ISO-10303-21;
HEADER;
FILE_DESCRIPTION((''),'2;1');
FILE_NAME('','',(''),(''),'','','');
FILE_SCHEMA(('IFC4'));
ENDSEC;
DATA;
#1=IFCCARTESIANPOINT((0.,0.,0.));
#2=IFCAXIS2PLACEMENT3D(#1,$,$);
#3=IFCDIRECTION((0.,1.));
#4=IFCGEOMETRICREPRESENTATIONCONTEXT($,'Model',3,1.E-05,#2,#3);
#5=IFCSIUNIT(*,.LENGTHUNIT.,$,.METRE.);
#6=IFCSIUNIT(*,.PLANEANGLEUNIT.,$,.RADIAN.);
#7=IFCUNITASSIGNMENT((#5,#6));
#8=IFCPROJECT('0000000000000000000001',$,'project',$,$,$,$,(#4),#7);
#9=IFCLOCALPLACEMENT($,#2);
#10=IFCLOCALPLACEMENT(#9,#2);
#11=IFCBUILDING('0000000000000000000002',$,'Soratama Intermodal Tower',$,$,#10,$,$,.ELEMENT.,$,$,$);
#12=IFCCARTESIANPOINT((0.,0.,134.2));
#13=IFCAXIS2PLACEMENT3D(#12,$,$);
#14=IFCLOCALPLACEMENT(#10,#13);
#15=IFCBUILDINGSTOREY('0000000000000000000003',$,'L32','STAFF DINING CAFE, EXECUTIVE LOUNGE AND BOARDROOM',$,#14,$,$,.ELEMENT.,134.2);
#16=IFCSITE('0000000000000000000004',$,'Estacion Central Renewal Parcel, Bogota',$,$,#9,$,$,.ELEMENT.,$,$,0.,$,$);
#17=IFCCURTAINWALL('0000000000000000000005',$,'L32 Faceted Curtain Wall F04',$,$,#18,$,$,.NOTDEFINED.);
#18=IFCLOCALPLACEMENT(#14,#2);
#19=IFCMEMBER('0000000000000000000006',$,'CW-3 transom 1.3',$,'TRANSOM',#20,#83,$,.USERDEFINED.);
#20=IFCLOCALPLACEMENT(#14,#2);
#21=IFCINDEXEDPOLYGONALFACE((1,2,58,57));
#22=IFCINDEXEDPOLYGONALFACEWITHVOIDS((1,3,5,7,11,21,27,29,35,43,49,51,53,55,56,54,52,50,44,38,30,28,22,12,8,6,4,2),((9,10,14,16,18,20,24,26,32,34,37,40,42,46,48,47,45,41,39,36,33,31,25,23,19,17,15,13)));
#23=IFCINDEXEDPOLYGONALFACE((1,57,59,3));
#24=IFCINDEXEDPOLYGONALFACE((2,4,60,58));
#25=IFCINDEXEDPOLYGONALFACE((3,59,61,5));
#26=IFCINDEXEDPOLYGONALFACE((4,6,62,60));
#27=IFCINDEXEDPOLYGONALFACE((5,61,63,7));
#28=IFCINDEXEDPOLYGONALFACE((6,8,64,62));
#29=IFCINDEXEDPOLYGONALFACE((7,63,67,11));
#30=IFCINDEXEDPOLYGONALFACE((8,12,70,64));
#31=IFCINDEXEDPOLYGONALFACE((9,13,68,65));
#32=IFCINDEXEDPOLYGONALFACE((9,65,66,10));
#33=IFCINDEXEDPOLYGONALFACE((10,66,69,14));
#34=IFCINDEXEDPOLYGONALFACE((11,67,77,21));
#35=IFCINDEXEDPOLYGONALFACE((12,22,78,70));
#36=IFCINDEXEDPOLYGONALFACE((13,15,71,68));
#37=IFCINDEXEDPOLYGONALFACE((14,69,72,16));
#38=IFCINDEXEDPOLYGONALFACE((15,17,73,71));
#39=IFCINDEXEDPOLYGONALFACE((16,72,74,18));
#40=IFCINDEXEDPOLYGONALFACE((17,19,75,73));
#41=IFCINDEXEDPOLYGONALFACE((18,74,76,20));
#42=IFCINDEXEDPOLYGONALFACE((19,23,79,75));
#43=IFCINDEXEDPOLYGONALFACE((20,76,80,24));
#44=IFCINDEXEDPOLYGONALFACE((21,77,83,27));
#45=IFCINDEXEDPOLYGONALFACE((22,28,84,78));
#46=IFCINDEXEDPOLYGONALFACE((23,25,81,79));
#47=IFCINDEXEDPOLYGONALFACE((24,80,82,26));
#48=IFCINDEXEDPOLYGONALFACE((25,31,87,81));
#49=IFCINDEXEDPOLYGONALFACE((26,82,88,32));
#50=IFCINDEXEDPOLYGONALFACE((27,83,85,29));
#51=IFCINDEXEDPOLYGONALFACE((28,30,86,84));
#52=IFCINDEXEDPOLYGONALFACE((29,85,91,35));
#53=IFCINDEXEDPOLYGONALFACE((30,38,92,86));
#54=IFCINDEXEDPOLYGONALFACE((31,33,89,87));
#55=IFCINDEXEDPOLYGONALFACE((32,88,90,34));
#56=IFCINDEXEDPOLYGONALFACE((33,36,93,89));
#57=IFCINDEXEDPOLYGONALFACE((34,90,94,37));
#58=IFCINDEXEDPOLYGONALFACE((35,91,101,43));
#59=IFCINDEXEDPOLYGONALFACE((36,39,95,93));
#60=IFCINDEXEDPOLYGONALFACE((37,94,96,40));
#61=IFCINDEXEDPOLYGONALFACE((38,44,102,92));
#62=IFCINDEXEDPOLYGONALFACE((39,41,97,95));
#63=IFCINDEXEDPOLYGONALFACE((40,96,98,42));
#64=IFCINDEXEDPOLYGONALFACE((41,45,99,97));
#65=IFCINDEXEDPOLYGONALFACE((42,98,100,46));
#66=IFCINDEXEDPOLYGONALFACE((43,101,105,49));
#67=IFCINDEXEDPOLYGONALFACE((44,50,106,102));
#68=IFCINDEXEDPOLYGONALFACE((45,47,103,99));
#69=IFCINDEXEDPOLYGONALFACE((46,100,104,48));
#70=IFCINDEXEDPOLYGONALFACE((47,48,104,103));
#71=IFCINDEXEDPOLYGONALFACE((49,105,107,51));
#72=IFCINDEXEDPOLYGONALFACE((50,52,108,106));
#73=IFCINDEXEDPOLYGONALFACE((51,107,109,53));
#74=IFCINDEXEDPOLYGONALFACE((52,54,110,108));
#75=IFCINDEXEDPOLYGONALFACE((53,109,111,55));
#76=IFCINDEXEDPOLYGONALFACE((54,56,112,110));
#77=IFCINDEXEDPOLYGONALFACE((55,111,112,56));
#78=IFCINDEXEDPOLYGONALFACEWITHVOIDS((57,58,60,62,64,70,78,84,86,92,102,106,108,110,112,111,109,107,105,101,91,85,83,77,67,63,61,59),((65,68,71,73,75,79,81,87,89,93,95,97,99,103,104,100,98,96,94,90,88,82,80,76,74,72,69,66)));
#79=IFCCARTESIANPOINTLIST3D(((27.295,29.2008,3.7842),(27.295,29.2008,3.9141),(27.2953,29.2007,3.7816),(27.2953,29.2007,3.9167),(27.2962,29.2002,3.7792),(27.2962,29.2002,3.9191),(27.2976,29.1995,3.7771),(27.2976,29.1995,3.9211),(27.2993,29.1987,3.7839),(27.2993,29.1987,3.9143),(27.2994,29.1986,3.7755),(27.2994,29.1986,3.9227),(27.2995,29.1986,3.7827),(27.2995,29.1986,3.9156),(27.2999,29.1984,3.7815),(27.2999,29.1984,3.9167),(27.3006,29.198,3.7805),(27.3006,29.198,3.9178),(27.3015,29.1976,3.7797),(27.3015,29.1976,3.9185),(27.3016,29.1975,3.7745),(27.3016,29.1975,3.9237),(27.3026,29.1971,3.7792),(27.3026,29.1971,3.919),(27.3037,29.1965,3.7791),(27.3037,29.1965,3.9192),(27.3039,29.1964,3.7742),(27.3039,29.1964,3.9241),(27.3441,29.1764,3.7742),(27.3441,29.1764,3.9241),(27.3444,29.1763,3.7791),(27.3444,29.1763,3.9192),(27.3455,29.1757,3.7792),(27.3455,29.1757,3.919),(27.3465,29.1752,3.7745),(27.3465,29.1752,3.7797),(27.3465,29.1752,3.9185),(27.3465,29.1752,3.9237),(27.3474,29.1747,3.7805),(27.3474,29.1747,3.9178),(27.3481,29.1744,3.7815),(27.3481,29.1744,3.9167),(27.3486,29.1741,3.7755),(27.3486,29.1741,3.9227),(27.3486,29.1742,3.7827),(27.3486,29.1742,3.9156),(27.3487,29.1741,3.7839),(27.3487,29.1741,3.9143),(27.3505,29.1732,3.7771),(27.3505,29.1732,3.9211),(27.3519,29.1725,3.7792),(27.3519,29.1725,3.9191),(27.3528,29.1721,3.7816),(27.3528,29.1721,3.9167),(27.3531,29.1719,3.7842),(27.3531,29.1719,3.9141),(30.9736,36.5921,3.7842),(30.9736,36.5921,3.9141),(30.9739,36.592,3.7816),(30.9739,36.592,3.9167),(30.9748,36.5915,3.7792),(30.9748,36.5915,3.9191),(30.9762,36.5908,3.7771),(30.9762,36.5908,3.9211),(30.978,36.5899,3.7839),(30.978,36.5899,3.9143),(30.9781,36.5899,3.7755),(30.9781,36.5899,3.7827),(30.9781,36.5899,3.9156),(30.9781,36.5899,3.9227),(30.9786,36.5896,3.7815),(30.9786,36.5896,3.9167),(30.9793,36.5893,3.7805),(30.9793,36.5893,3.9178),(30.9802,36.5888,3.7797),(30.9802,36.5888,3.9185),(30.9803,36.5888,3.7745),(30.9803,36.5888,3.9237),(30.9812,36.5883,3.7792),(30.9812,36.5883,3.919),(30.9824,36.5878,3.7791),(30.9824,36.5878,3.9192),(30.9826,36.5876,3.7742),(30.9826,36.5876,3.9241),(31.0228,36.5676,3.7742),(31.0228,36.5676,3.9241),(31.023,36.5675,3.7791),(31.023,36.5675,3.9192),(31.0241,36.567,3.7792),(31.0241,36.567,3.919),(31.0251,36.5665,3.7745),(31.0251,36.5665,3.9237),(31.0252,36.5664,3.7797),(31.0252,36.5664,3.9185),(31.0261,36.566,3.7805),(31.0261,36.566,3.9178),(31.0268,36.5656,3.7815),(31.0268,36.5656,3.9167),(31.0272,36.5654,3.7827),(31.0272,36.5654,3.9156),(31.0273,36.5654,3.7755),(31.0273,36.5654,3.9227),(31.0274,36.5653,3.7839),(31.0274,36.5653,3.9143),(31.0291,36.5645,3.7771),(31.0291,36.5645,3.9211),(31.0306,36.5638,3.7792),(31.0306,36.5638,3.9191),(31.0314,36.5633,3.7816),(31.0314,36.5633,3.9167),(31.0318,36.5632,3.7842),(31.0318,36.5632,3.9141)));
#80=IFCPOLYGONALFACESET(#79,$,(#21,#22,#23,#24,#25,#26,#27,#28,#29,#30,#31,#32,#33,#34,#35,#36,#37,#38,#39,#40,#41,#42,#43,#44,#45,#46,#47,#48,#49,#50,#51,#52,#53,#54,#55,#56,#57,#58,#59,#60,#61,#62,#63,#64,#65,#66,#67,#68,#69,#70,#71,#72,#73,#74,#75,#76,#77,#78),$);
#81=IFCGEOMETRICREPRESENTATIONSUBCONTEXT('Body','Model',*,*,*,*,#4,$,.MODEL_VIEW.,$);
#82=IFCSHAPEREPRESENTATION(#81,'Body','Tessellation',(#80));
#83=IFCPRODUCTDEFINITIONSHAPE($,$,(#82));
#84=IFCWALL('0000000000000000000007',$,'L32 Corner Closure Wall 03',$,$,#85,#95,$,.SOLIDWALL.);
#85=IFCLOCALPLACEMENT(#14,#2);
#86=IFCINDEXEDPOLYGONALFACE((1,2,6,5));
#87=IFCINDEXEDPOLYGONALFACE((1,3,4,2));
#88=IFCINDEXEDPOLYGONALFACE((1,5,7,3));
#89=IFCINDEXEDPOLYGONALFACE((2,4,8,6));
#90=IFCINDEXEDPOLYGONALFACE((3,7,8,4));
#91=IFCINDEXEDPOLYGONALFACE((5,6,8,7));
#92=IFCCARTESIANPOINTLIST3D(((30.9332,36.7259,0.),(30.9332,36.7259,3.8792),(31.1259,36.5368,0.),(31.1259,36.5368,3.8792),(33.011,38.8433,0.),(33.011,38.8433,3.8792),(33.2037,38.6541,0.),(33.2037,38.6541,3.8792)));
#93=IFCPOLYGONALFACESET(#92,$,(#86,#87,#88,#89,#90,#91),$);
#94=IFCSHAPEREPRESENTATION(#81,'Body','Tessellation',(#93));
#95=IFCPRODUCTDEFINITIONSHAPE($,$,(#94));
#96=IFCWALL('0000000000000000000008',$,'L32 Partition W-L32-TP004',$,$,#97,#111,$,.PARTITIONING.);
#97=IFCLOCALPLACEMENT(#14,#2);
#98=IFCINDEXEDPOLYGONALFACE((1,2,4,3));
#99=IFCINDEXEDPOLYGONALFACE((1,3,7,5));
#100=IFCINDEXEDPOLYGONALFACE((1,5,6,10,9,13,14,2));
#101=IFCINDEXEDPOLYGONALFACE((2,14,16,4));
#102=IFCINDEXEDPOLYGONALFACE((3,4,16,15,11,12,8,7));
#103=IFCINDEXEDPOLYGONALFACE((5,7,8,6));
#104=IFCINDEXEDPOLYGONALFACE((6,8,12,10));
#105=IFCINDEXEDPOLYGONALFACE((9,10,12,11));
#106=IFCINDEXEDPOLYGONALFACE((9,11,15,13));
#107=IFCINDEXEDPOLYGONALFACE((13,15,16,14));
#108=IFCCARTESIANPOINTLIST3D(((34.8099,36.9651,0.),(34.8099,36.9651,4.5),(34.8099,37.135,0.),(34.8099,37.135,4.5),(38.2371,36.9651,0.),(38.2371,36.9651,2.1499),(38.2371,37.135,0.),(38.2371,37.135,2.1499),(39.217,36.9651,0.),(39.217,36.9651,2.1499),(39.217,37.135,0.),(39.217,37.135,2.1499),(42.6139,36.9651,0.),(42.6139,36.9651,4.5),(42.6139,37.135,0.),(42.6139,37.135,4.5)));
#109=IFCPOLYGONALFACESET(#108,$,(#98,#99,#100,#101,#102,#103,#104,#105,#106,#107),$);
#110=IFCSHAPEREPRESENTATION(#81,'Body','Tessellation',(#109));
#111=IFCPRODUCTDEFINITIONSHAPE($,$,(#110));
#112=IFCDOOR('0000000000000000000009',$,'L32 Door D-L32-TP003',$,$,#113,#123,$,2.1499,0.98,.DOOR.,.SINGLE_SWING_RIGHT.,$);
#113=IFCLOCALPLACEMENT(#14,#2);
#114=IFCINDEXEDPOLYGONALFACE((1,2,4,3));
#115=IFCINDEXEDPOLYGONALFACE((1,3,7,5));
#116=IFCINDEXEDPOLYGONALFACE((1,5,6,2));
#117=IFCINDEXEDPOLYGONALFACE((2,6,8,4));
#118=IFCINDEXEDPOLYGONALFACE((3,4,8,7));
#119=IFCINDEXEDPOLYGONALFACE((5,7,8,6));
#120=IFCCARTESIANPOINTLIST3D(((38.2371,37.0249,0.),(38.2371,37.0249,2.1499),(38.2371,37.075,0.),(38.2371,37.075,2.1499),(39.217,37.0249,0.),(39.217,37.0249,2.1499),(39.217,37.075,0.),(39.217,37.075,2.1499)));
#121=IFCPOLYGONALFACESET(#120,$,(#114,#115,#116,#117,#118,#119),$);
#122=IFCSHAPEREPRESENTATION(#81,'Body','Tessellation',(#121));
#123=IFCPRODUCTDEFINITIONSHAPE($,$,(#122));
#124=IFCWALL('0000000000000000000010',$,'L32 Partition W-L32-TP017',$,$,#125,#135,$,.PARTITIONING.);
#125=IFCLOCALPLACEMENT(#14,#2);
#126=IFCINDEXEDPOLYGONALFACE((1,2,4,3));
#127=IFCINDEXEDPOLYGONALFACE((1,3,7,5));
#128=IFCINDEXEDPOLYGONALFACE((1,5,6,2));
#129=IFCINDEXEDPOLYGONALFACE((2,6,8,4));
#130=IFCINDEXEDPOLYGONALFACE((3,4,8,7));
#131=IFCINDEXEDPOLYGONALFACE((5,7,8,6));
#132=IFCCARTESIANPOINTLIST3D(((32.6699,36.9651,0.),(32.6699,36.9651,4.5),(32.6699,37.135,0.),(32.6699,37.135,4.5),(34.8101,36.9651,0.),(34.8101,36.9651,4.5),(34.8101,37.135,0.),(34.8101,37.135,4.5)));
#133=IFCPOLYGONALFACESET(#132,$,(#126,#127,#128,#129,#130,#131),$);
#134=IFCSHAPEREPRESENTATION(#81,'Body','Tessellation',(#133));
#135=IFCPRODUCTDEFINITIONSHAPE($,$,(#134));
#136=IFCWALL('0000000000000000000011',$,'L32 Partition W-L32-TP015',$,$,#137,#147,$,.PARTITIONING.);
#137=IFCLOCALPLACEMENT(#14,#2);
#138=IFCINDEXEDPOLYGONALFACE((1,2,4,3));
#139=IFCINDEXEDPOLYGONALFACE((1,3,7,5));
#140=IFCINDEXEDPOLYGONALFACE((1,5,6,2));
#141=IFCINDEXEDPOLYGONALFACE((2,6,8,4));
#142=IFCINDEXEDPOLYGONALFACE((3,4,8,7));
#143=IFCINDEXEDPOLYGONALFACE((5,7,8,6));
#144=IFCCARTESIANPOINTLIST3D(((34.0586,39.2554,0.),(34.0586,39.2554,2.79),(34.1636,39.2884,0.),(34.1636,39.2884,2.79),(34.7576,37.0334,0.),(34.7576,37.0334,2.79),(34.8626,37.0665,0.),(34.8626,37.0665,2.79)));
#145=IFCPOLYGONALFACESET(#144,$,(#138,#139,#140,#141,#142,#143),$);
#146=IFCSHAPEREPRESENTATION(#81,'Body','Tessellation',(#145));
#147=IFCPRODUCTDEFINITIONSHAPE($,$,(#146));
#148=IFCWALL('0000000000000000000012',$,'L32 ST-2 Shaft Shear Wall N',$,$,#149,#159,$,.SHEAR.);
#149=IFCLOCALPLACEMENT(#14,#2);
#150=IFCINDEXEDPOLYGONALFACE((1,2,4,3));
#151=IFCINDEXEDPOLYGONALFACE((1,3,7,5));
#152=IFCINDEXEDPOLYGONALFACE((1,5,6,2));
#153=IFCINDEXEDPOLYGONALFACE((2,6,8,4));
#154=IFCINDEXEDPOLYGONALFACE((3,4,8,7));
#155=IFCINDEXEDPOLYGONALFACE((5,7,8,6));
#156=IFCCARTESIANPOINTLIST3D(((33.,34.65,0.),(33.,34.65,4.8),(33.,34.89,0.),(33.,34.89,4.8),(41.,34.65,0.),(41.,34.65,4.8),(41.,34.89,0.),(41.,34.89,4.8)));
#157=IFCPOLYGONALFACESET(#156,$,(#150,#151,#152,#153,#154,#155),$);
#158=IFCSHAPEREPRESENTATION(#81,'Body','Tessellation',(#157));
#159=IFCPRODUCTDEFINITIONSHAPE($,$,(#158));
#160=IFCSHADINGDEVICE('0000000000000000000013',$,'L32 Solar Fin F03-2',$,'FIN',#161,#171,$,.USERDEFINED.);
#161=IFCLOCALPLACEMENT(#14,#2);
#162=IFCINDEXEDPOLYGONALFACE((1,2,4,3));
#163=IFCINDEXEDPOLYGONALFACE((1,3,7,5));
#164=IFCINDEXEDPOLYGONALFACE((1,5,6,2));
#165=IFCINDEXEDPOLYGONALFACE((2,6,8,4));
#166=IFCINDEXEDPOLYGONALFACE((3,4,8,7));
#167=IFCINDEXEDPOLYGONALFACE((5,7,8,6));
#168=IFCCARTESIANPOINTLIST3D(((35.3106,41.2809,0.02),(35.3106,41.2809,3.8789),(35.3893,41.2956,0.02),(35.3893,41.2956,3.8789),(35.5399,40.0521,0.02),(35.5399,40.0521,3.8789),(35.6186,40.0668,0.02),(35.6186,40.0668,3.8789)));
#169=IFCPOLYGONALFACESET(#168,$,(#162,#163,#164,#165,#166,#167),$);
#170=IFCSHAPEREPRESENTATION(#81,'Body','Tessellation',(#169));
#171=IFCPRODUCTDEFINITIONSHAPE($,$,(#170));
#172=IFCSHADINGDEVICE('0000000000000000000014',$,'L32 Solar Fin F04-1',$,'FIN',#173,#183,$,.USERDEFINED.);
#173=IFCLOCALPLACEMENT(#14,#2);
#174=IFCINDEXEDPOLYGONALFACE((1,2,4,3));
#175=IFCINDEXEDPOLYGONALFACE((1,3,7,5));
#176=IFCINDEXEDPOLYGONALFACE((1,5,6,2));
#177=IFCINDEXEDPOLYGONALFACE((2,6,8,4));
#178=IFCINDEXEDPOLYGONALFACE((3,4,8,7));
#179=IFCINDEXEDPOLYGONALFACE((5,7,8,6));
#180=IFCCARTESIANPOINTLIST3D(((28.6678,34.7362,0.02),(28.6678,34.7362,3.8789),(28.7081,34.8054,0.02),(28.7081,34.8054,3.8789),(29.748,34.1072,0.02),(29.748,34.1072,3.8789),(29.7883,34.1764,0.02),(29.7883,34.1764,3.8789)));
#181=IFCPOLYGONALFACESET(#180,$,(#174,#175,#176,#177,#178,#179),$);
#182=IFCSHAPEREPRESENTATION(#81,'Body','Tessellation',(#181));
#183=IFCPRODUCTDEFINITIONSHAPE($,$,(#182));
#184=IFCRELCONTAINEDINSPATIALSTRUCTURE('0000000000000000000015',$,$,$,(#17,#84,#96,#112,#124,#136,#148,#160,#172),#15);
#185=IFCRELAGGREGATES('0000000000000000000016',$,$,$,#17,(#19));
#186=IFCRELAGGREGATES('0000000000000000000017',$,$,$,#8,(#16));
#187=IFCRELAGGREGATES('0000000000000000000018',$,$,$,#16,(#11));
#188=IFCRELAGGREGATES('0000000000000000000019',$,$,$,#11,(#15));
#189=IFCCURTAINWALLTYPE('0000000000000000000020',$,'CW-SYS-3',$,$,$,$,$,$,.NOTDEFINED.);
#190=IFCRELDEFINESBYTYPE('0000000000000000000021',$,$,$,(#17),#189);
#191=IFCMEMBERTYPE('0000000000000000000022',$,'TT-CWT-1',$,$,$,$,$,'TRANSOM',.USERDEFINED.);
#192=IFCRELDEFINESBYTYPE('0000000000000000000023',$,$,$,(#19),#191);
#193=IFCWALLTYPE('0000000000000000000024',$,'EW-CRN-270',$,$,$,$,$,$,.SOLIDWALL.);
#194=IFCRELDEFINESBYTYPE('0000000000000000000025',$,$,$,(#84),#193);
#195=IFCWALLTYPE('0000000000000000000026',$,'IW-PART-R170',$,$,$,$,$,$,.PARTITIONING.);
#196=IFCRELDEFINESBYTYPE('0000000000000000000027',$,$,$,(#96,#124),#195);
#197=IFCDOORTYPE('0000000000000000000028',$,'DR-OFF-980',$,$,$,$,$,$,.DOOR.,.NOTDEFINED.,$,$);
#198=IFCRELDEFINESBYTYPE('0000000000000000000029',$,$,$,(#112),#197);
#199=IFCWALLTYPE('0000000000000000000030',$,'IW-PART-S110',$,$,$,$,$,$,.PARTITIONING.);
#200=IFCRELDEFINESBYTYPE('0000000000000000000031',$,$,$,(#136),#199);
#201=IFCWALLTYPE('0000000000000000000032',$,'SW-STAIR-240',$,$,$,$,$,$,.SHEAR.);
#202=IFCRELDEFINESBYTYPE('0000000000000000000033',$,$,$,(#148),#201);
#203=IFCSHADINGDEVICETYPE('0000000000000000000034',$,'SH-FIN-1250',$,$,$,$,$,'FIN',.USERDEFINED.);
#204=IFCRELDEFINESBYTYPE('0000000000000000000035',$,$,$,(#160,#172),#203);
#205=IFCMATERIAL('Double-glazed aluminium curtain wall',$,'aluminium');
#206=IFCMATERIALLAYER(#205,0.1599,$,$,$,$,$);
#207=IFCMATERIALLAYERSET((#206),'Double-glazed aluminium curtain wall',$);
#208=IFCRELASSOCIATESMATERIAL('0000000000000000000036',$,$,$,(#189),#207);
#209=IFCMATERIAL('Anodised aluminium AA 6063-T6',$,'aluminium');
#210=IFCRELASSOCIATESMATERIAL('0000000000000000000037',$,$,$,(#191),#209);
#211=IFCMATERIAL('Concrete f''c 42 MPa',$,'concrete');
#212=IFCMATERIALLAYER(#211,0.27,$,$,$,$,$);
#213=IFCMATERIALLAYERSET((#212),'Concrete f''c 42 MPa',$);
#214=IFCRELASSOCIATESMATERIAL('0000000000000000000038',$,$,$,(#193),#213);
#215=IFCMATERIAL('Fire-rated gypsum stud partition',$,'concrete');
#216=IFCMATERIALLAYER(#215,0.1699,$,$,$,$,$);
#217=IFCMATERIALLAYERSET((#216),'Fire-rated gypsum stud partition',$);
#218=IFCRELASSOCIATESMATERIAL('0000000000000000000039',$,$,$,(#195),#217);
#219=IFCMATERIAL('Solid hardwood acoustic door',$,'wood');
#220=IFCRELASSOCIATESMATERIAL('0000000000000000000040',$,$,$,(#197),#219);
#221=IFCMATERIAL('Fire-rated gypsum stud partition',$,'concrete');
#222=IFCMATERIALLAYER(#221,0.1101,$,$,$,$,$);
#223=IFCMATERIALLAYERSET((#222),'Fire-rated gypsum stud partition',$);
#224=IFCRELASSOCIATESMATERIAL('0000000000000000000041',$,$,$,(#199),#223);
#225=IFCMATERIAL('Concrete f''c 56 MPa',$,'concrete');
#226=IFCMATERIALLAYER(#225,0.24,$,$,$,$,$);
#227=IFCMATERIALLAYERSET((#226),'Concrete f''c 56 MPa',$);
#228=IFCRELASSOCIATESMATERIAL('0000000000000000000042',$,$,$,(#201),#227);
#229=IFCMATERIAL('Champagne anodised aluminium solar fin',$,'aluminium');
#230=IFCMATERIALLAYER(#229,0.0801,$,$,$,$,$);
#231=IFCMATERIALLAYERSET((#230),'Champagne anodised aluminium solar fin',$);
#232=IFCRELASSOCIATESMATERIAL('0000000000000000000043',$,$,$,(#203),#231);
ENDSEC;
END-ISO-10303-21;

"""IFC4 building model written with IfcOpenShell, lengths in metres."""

from ifc_helpers import new_model, si_unit, direction, frame, frame_2d, origin, origin_2d, place, context, subcontext, project, spatial, rectangle, hollow_rectangle, extrude, material, layer, layer_set, material_profile, profile_set, type_object, element, fill, aggregate, save


model = new_model("IFC4")

# Units and contexts
model_context = context("Model", 3, precision=1e-05, world=origin(), true_north=direction((0.0, 1.0)))
body_context = subcontext(model_context, "Body", "Model", "MODEL_VIEW")
ifc_project = project(units=[si_unit("LENGTHUNIT", "METRE"), si_unit("PLANEANGLEUNIT", "RADIAN")], contexts=[model_context])

# Site, building, storey
site_placement = place(None, origin())
site = spatial("IfcSite", under=ifc_project, at=site_placement, Name="Estacion Central Renewal Parcel, Bogota", CompositionType="ELEMENT", RefElevation=0.0)
building_placement = place(site_placement, origin())
building = spatial("IfcBuilding", under=site, at=building_placement, Name="Soratama Intermodal Tower", CompositionType="ELEMENT")
storey_placement = place(building_placement, frame((0.0, 0.0, 134.2)))
storey = spatial("IfcBuildingStorey", under=building, at=storey_placement, Name="L32", Description="STAFF DINING CAFE, EXECUTIVE LOUNGE AND BOARDROOM", CompositionType="ELEMENT", Elevation=134.2)

# Shared definitions
ifc_material_1 = material(Name="Double-glazed aluminium curtain wall", Category="aluminium")
ifc_layer_1 = layer(ifc_material_1, 0.1599)
ifc_layer_set_1 = layer_set([ifc_layer_1], Name="Double-glazed aluminium curtain wall")
curtain_wall_type = type_object("IfcCurtainWallType", Name="CW-SYS-3", PredefinedType="NOTDEFINED", material=ifc_layer_set_1)

# Curtain wall, member
curtain_wall_1_placement = place(storey_placement, origin())
curtain_wall_1 = element("IfcCurtainWall", 1, at=curtain_wall_1_placement, inside=storey, type_object=curtain_wall_type, Name="L32 Faceted Curtain Wall F04", PredefinedType="NOTDEFINED")
ifc_material_2 = material(Name="Anodised aluminium AA 6063-T6", Category="aluminium")
ifc_material_profile_1 = material_profile(ifc_material_2, hollow_rectangle(XDim=0.0649, YDim=0.1499, WallThickness=0.0049, InnerFilletRadius=0.0049, OuterFilletRadius=0.01, at=origin_2d()), Name="CWT150X65X5")
ifc_profile_set_1 = profile_set([ifc_material_profile_1], Name="Anodised aluminium AA 6063-T6")
member_type_1 = type_object("IfcMemberType", Name="TT-CWT-1", ElementType="TRANSOM", PredefinedType="USERDEFINED", material=ifc_profile_set_1)
member_1_placement = place(storey_placement, frame((31.0027, 36.5776, 3.8491), z_axis=(-0.445569, -0.895248, 0.0), x_axis=(0.895248, -0.445569, 0.0)))
member_1 = element("IfcMember", 2, at=member_1_placement, type_object=member_type_1, Name="CW-3 transom 1.3", ObjectType="TRANSOM", PredefinedType="USERDEFINED", context=body_context, shape_type="SweptSolid", body=[
    extrude(hollow_rectangle(XDim=0.0649, YDim=0.1499, WallThickness=0.0049, InnerFilletRadius=0.0049, OuterFilletRadius=0.01, at=origin_2d()), origin(), (0.0, 0.0, 1.0), 8.2561),
])
aggregate(curtain_wall_1, [member_1])

# Wall
ifc_material_3 = material(Name="Concrete f'c 42 MPa", Category="concrete")
ifc_layer_2 = layer(ifc_material_3, 0.27)
ifc_layer_set_2 = layer_set([ifc_layer_2], Name="Concrete f'c 42 MPa")
wall_type_1 = type_object("IfcWallType", Name="EW-CRN-270", PredefinedType="SOLIDWALL", material=ifc_layer_set_2)
wall_1_placement = place(storey_placement, frame((33.1074, 38.7488, 0.0), z_axis=(0.0, 0.0, 1.0), x_axis=(-0.700409, -0.713741, 0.0)))
element("IfcWall", 3, at=wall_1_placement, inside=storey, type_object=wall_type_1, Name="L32 Corner Closure Wall 03", PredefinedType="SOLIDWALL", context=body_context, shape_type="SweptSolid", body=[
    extrude(rectangle(XDim=2.9666, YDim=0.27, at=frame_2d((1.4834, 0.0))), origin(), (0.0, 0.0, 1.0), 3.8792),
])

# Wall, opening, door
ifc_material_4 = material(Name="Fire-rated gypsum stud partition", Category="concrete")
ifc_layer_3 = layer(ifc_material_4, 0.1699)
ifc_layer_set_3 = layer_set([ifc_layer_3], Name="Fire-rated gypsum stud partition")
wall_type_2 = type_object("IfcWallType", Name="IW-PART-R170", PredefinedType="PARTITIONING", material=ifc_layer_set_3)
wall_2_placement = place(storey_placement, frame((34.8101, 37.05, 0.0), z_axis=(0.0, 0.0, 1.0), x_axis=(1.0, 0.0, 0.0)))
wall_2 = element("IfcWall", 4, at=wall_2_placement, inside=storey, type_object=wall_type_2, Name="L32 Partition W-L32-TP004", PredefinedType="PARTITIONING", context=body_context, shape_type="SweptSolid", body=[
    extrude(rectangle(XDim=7.804, YDim=0.1699, at=frame_2d((3.9019, 0.0))), origin(), (0.0, 0.0, 1.0), 4.5),
])
opening_1_placement = place(wall_2_placement, frame((3.427, 0.0, 0.0)))
opening_1 = element("IfcOpeningElement", 5, at=opening_1_placement, cuts=wall_2, PredefinedType="OPENING", context=body_context, shape_type="SweptSolid", body=[
    extrude(rectangle(XDim=0.98, YDim=2.1499, at=frame_2d((0.49, 1.075))), frame((0.0, 0.095, 0.0), z_axis=(0.0, -1.0, 0.0), x_axis=(1.0, 0.0, 0.0)), (0.0, 0.0, 1.0), 0.1899),
])
ifc_material_5 = material(Name="Solid hardwood acoustic door", Category="wood")
door_type = type_object("IfcDoorType", Name="DR-OFF-980", OperationType="NOTDEFINED", PredefinedType="DOOR", material=ifc_material_5)
door_1_placement = place(opening_1_placement, origin())
door_1 = element("IfcDoor", 6, at=door_1_placement, inside=storey, type_object=door_type, Name="L32 Door D-L32-TP003", OperationType="SINGLE_SWING_RIGHT", OverallHeight=2.1499, OverallWidth=0.98, PredefinedType="DOOR", context=body_context, shape_type="SweptSolid", body=[
    extrude(rectangle(XDim=0.98, YDim=2.1499, at=frame_2d((0.49, 1.075))), frame((0.0, 0.0249, 0.0), z_axis=(0.0, -1.0, 0.0), x_axis=(1.0, 0.0, 0.0)), (0.0, 0.0, 1.0), 0.05),
])
fill(opening_1, door_1)

# Wall
wall_3_placement = place(storey_placement, frame((32.6699, 37.05, 0.0), z_axis=(0.0, 0.0, 1.0), x_axis=(1.0, 0.0, 0.0)))
element("IfcWall", 7, at=wall_3_placement, inside=storey, type_object=wall_type_2, Name="L32 Partition W-L32-TP017", PredefinedType="PARTITIONING", context=body_context, shape_type="SweptSolid", body=[
    extrude(rectangle(XDim=2.1401, YDim=0.1699, at=frame_2d((1.0701, 0.0))), origin(), (0.0, 0.0, 1.0), 4.5),
])

# Walls
ifc_material_6 = material(Name="Fire-rated gypsum stud partition", Category="concrete")
ifc_layer_4 = layer(ifc_material_6, 0.1101)
ifc_layer_set_4 = layer_set([ifc_layer_4], Name="Fire-rated gypsum stud partition")
wall_type_3 = type_object("IfcWallType", Name="IW-PART-S110", PredefinedType="PARTITIONING", material=ifc_layer_set_4)
wall_4_placement = place(storey_placement, frame((34.8101, 37.05, 0.0), z_axis=(0.0, 0.0, 1.0), x_axis=(-0.300083, 0.953913, 0.0)))
element("IfcWall", 8, at=wall_4_placement, inside=storey, type_object=wall_type_3, Name="L32 Partition W-L32-TP015", PredefinedType="PARTITIONING", context=body_context, shape_type="SweptSolid", body=[
    extrude(rectangle(XDim=2.3293, YDim=0.1101, at=frame_2d((1.1646, 0.0))), origin(), (0.0, 0.0, 1.0), 2.79),
])
ifc_material_7 = material(Name="Concrete f'c 56 MPa", Category="concrete")
ifc_layer_5 = layer(ifc_material_7, 0.24)
ifc_layer_set_5 = layer_set([ifc_layer_5], Name="Concrete f'c 56 MPa")
wall_type_4 = type_object("IfcWallType", Name="SW-STAIR-240", PredefinedType="SHEAR", material=ifc_layer_set_5)
wall_5_placement = place(storey_placement, frame((33.0, 34.77, 0.0), z_axis=(0.0, 0.0, 1.0), x_axis=(1.0, 0.0, 0.0)))
element("IfcWall", 9, at=wall_5_placement, inside=storey, type_object=wall_type_4, Name="L32 ST-2 Shaft Shear Wall N", PredefinedType="SHEAR", context=body_context, shape_type="SweptSolid", body=[
    extrude(rectangle(XDim=8.0, YDim=0.24, at=frame_2d((4.0, 0.0))), origin(), (0.0, 0.0, 1.0), 4.8),
])

# Shading devices
ifc_material_8 = material(Name="Champagne anodised aluminium solar fin", Category="aluminium")
ifc_layer_6 = layer(ifc_material_8, 0.0801)
ifc_layer_set_6 = layer_set([ifc_layer_6], Name="Champagne anodised aluminium solar fin")
shading_device_type = type_object("IfcShadingDeviceType", Name="SH-FIN-1250", ElementType="FIN", PredefinedType="USERDEFINED", material=ifc_layer_set_6)
for number, where, z_axis, x_axis, name in (
    (10, (35.4646, 40.6738, 0.02), (0.0, 0.0, 1.0), (-0.183437, 0.983032, 0.0), "L32 Solar Fin F03-2"),
    (11, (29.228, 34.4563, 0.02), (0.0, 0.0, 1.0), (-0.864187, 0.503171, 0.0), "L32 Solar Fin F04-1"),
):
    element("IfcShadingDevice", number, at=place(storey_placement, frame(where, z_axis=z_axis, x_axis=x_axis)), inside=storey, type_object=shading_device_type, Name=name, ObjectType="FIN", PredefinedType="USERDEFINED", context=body_context, shape_type="SweptSolid", body=[
        extrude(rectangle(XDim=1.25, YDim=0.0801, at=origin_2d()), origin(), (0.0, 0.0, 1.0), 3.8589),
    ])

save(model, "model.ifc")
